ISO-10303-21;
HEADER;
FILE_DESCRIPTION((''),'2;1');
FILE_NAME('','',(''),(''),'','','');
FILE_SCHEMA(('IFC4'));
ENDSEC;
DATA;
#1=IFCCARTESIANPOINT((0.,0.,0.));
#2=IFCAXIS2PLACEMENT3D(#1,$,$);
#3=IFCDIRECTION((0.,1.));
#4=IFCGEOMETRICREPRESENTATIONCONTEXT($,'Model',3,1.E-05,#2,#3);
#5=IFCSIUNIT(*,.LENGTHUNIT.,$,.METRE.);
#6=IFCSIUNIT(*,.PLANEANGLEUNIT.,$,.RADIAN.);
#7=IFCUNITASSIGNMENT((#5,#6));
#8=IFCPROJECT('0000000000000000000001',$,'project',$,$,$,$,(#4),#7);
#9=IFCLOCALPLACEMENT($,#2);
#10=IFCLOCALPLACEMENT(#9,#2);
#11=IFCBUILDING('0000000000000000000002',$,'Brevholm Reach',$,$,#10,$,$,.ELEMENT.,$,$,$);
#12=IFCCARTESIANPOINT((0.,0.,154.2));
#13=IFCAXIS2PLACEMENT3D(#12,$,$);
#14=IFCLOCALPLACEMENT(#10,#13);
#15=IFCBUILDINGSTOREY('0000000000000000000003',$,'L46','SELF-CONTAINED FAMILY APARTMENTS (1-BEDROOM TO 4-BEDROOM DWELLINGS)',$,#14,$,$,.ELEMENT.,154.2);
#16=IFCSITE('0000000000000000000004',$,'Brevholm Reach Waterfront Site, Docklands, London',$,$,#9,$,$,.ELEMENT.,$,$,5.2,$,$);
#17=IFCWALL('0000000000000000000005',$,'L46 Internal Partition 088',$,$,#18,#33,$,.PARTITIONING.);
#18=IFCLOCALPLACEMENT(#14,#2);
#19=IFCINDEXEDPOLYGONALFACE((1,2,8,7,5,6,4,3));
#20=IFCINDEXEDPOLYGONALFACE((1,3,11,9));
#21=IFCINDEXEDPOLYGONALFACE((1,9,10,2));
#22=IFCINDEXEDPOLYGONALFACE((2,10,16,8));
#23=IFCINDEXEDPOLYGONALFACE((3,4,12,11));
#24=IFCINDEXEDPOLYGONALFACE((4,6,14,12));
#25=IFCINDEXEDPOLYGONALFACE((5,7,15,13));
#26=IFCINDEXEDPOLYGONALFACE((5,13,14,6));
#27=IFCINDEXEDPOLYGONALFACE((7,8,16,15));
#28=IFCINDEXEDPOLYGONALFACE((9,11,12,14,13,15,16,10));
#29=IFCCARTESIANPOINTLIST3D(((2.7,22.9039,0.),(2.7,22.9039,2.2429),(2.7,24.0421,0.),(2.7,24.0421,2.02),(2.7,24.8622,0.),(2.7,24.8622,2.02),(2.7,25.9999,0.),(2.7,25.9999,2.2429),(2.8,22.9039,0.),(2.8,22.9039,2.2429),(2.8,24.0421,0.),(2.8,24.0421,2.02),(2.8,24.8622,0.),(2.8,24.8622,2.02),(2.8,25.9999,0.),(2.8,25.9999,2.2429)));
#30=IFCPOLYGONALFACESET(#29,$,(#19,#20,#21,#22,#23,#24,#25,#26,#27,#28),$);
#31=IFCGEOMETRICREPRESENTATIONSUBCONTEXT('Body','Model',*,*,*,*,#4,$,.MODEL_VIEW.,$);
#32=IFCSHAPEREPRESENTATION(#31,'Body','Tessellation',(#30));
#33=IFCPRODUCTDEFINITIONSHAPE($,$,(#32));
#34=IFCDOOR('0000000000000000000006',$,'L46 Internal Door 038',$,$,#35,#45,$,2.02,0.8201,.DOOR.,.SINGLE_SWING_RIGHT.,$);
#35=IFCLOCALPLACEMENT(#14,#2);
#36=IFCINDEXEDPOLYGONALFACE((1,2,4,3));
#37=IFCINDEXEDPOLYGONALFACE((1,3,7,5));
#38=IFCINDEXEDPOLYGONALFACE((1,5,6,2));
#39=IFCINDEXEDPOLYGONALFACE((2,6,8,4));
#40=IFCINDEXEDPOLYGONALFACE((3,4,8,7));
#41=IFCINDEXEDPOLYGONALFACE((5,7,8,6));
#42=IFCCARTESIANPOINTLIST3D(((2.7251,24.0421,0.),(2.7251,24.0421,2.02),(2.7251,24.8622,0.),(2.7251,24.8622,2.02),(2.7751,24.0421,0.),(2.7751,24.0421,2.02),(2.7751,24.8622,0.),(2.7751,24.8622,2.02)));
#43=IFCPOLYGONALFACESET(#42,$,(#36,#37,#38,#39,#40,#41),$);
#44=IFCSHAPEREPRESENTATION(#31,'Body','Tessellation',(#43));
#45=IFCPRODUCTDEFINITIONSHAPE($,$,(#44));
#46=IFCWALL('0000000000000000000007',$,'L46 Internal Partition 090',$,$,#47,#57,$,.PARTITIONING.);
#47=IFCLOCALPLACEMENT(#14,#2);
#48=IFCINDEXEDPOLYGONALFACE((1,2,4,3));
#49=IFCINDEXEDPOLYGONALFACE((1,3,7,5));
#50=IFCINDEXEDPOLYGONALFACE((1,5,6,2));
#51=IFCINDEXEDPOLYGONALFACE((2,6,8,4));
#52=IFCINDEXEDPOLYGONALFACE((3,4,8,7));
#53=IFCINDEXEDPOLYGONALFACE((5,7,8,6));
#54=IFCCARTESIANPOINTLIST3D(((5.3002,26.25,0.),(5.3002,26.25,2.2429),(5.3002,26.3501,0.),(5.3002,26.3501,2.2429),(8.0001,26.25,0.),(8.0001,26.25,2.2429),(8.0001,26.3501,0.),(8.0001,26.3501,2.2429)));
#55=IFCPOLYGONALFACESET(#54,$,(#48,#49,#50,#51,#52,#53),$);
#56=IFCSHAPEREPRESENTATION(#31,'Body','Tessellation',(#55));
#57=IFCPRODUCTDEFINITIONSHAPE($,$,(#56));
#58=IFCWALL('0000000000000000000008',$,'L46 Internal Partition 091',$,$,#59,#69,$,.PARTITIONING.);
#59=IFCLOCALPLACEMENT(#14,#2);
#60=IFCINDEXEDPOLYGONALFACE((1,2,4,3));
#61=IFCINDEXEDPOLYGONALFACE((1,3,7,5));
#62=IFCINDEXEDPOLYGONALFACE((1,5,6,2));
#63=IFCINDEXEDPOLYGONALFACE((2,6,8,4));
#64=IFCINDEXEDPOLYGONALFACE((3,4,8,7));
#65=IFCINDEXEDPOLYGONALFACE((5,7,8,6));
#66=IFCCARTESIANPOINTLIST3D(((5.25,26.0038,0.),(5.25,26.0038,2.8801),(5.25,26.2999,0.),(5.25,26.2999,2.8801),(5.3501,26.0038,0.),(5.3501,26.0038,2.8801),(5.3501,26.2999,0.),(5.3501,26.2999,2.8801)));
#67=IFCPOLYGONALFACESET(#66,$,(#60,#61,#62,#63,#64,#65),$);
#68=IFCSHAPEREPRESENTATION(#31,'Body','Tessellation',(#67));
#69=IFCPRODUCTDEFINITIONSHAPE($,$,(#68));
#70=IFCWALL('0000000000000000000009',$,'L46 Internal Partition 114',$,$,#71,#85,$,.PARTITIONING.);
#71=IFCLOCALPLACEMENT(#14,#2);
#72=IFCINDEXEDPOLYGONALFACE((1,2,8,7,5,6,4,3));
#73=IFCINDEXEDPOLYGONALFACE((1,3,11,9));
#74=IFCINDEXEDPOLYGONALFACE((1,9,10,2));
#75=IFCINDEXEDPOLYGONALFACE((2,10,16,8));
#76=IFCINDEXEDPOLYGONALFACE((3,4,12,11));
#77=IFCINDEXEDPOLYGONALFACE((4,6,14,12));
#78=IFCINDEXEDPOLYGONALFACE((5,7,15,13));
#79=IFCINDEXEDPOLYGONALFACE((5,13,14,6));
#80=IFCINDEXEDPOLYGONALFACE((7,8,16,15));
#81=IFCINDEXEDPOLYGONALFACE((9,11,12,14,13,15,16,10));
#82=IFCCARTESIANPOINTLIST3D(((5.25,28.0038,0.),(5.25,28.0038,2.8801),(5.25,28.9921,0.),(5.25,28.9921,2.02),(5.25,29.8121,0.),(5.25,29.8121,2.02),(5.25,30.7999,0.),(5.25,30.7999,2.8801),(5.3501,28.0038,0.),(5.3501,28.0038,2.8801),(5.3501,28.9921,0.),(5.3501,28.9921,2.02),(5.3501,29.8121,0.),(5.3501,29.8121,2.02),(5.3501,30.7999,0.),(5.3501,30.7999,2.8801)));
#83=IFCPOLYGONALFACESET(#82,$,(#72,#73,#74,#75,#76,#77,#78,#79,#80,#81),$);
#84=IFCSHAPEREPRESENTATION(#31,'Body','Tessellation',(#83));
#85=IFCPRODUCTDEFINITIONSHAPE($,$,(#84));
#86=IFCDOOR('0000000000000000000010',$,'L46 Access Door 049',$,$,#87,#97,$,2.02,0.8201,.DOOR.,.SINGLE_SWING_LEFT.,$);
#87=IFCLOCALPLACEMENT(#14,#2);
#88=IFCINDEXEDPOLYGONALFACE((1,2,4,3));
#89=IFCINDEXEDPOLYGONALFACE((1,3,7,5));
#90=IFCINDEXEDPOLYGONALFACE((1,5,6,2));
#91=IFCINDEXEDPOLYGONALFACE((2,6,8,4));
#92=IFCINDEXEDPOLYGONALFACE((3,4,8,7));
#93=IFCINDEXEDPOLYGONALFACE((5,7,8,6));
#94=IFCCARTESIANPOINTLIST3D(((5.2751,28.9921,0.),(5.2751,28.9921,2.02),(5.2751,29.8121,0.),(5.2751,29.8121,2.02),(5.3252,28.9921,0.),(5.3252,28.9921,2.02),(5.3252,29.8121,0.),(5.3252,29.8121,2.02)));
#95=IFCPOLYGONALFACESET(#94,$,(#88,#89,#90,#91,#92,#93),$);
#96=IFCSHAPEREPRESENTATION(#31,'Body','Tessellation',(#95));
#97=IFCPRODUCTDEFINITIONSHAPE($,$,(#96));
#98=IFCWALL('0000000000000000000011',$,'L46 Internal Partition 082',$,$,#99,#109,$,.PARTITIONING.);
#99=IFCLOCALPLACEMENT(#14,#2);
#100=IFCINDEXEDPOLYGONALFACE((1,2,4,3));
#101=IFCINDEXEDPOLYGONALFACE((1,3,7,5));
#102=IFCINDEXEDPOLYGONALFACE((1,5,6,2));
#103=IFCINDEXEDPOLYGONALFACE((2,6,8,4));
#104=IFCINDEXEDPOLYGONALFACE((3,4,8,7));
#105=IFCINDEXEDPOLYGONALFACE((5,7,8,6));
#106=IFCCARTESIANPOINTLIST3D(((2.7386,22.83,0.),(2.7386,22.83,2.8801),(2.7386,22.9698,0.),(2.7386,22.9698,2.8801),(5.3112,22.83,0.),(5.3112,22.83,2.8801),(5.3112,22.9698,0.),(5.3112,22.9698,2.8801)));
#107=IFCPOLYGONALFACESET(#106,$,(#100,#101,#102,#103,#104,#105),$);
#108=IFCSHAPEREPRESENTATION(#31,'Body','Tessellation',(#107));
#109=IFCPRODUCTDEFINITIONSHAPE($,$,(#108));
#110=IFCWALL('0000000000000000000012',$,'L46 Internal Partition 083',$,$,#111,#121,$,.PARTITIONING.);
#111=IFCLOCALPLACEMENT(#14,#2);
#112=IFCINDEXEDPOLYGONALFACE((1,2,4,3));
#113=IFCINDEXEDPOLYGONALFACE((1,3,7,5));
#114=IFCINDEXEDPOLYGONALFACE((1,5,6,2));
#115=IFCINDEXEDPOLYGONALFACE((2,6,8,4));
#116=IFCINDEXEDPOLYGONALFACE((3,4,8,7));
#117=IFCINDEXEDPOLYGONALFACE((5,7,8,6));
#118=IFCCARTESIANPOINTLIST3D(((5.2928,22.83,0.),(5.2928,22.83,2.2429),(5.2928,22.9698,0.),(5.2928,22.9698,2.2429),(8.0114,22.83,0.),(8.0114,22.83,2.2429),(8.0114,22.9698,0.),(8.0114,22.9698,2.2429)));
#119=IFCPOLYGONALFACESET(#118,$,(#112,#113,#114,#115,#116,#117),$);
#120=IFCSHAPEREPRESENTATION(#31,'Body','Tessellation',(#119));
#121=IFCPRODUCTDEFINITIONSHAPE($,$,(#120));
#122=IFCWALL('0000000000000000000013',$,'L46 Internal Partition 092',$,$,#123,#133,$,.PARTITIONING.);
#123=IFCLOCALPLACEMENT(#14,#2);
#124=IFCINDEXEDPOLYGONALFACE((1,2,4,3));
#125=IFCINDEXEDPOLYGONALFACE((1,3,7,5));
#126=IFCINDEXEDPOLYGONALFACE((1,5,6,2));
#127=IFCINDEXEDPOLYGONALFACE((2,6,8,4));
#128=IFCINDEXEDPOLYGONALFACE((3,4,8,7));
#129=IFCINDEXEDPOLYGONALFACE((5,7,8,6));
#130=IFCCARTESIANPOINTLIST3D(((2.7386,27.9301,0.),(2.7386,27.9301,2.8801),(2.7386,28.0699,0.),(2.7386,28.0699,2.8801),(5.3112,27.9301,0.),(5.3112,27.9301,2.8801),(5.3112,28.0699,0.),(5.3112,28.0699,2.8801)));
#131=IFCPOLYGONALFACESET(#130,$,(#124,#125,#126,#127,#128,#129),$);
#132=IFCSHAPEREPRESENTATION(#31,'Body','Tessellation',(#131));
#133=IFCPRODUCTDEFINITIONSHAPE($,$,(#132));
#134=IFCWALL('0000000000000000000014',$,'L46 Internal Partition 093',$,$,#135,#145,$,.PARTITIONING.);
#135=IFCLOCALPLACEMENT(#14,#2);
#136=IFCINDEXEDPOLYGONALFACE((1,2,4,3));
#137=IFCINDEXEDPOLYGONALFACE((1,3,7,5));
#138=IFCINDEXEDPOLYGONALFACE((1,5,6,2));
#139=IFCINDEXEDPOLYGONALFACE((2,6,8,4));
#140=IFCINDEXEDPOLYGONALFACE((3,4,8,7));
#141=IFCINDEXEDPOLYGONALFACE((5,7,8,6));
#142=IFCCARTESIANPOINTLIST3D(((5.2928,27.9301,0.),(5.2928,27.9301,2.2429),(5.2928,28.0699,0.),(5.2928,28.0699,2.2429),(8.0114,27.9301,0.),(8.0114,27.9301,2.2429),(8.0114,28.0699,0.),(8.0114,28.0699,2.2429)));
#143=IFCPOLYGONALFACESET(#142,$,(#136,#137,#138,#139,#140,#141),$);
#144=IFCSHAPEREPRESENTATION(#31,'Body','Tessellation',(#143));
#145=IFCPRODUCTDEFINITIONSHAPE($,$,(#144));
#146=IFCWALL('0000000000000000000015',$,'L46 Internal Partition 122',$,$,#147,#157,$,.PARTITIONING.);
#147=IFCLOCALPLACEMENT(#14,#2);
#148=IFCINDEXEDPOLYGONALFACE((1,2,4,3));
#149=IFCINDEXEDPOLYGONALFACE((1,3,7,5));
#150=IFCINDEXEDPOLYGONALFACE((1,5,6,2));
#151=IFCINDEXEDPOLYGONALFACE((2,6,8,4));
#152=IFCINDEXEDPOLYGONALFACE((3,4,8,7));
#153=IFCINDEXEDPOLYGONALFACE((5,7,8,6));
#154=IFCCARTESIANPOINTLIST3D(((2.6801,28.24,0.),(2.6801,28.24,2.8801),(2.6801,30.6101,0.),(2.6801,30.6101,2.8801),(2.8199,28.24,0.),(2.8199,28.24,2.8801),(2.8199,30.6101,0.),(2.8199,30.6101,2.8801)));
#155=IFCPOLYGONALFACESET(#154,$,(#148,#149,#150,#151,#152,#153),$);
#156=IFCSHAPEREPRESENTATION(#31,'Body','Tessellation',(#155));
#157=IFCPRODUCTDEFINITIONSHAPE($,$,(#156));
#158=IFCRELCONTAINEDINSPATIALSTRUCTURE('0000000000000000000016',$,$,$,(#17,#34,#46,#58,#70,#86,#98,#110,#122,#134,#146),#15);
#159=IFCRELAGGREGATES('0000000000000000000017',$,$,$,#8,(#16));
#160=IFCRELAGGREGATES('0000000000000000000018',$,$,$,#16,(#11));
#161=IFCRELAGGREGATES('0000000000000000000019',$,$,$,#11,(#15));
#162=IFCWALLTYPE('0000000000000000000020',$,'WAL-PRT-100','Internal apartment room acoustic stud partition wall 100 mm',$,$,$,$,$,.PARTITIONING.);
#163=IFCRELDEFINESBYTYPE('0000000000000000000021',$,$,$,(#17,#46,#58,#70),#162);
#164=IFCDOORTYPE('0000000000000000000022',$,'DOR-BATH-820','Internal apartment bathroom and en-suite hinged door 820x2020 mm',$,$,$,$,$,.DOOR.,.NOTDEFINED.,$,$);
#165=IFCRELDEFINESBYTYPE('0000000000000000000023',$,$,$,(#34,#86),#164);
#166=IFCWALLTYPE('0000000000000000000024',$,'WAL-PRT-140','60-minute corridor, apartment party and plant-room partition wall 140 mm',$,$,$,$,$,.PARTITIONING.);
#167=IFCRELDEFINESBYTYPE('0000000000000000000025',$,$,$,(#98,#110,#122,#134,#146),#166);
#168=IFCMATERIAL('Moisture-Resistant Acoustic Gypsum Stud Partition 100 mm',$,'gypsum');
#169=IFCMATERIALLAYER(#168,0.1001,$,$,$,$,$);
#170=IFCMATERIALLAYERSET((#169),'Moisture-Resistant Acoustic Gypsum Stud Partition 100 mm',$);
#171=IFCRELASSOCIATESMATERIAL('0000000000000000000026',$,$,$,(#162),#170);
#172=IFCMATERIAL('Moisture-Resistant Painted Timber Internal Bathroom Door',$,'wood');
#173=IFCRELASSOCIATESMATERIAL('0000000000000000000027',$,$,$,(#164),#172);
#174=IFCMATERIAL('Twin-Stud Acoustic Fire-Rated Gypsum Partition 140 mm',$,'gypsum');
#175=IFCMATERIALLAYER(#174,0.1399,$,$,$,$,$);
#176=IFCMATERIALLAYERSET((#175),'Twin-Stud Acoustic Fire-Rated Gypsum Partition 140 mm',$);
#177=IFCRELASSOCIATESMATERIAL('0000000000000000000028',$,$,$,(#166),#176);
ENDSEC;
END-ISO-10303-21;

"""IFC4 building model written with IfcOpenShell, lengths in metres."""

from ifc_helpers import new_model, si_unit, direction, frame, frame_2d, origin, place, context, subcontext, project, spatial, rectangle, extrude, material, layer, layer_set, type_object, element, fill, save


model = new_model("IFC4")

# Units and contexts
model_context = context("Model", 3, precision=1e-05, world=origin(), true_north=direction((0.0, 1.0)))
body_context = subcontext(model_context, "Body", "Model", "MODEL_VIEW")
ifc_project = project(units=[si_unit("LENGTHUNIT", "METRE"), si_unit("PLANEANGLEUNIT", "RADIAN")], contexts=[model_context])

# Site, building, storey
site_placement = place(None, origin())
site = spatial("IfcSite", under=ifc_project, at=site_placement, Name="Brevholm Reach Waterfront Site, Docklands, London", CompositionType="ELEMENT", RefElevation=5.2)
building_placement = place(site_placement, origin())
building = spatial("IfcBuilding", under=site, at=building_placement, Name="Brevholm Reach", CompositionType="ELEMENT")
storey_placement = place(building_placement, frame((0.0, 0.0, 154.2)))
storey = spatial("IfcBuildingStorey", under=building, at=storey_placement, Name="L46", Description="SELF-CONTAINED FAMILY APARTMENTS (1-BEDROOM TO 4-BEDROOM DWELLINGS)", CompositionType="ELEMENT", Elevation=154.2)

# Shared definitions
ifc_material_1 = material(Name="Moisture-Resistant Acoustic Gypsum Stud Partition 100 mm", Category="gypsum")
ifc_layer_1 = layer(ifc_material_1, 0.1001)
ifc_layer_set_1 = layer_set([ifc_layer_1], Name="Moisture-Resistant Acoustic Gypsum Stud Partition 100 mm")
wall_type_1 = type_object("IfcWallType", Name="WAL-PRT-100", Description="Internal apartment room acoustic stud partition wall 100 mm", PredefinedType="PARTITIONING", material=ifc_layer_set_1)

# Wall, opening, door
wall_1_placement = place(storey_placement, frame((2.75, 22.9041, 0.0), z_axis=(0.0, 0.0, 1.0), x_axis=(0.0, 1.0, 0.0)))
wall_1 = element("IfcWall", 1, at=wall_1_placement, inside=storey, type_object=wall_type_1, Name="L46 Internal Partition 088", PredefinedType="PARTITIONING", context=body_context, shape_type="SweptSolid", body=[
    extrude(rectangle(XDim=3.0959, YDim=0.1001, at=frame_2d((1.5479, 0.0))), origin(), (0.0, 0.0, 1.0), 2.2429),
])
opening_1_placement = place(wall_1_placement, frame((1.1379, 0.0, 0.0)))
opening_1 = element("IfcOpeningElement", 2, at=opening_1_placement, cuts=wall_1, PredefinedType="OPENING", context=body_context, shape_type="SweptSolid", body=[
    extrude(rectangle(XDim=0.8201, YDim=2.02, at=frame_2d((0.4102, 1.01))), frame((0.0, 0.0601, 0.0), z_axis=(0.0, -1.0, 0.0), x_axis=(1.0, 0.0, 0.0)), (0.0, 0.0, 1.0), 0.1201),
])
ifc_material_2 = material(Name="Moisture-Resistant Painted Timber Internal Bathroom Door", Category="wood")
door_type = type_object("IfcDoorType", Name="DOR-BATH-820", Description="Internal apartment bathroom and en-suite hinged door 820x2020 mm", OperationType="NOTDEFINED", PredefinedType="DOOR", material=ifc_material_2)
door_1_placement = place(opening_1_placement, origin())
door_1 = element("IfcDoor", 3, at=door_1_placement, inside=storey, type_object=door_type, Name="L46 Internal Door 038", OperationType="SINGLE_SWING_RIGHT", OverallHeight=2.02, OverallWidth=0.8201, PredefinedType="DOOR", context=body_context, shape_type="SweptSolid", body=[
    extrude(rectangle(XDim=0.8201, YDim=2.02, at=frame_2d((0.4102, 1.01))), frame((0.0, 0.0249, 0.0), z_axis=(0.0, -1.0, 0.0), x_axis=(1.0, 0.0, 0.0)), (0.0, 0.0, 1.0), 0.05),
])
fill(opening_1, door_1)

# Walls
wall_2_placement = place(storey_placement, frame((5.3, 26.3, 0.0), z_axis=(0.0, 0.0, 1.0), x_axis=(1.0, 0.0, 0.0)))
element("IfcWall", 4, at=wall_2_placement, inside=storey, type_object=wall_type_1, Name="L46 Internal Partition 090", PredefinedType="PARTITIONING", context=body_context, shape_type="SweptSolid", body=[
    extrude(rectangle(XDim=2.7, YDim=0.1001, at=frame_2d((1.3501, 0.0))), origin(), (0.0, 0.0, 1.0), 2.2429),
])
wall_3_placement = place(storey_placement, frame((5.3, 26.0039, 0.0), z_axis=(0.0, 0.0, 1.0), x_axis=(0.0, 1.0, 0.0)))
element("IfcWall", 5, at=wall_3_placement, inside=storey, type_object=wall_type_1, Name="L46 Internal Partition 091", PredefinedType="PARTITIONING", context=body_context, shape_type="SweptSolid", body=[
    extrude(rectangle(XDim=0.2961, YDim=0.1001, at=frame_2d((0.1479, 0.0))), origin(), (0.0, 0.0, 1.0), 2.8801),
])

# Wall, opening, door
wall_4_placement = place(storey_placement, frame((5.3, 28.0039, 0.0), z_axis=(0.0, 0.0, 1.0), x_axis=(0.0, 1.0, 0.0)))
wall_4 = element("IfcWall", 6, at=wall_4_placement, inside=storey, type_object=wall_type_1, Name="L46 Internal Partition 114", PredefinedType="PARTITIONING", context=body_context, shape_type="SweptSolid", body=[
    extrude(rectangle(XDim=2.7961, YDim=0.1001, at=frame_2d((1.3979, 0.0))), origin(), (0.0, 0.0, 1.0), 2.8801),
])
opening_2_placement = place(wall_4_placement, frame((0.988, 0.0, 0.0)))
opening_2 = element("IfcOpeningElement", 7, at=opening_2_placement, cuts=wall_4, PredefinedType="OPENING", context=body_context, shape_type="SweptSolid", body=[
    extrude(rectangle(XDim=0.8201, YDim=2.02, at=frame_2d((0.4102, 1.01))), frame((0.0, 0.0601, 0.0), z_axis=(0.0, -1.0, 0.0), x_axis=(1.0, 0.0, 0.0)), (0.0, 0.0, 1.0), 0.1201),
])
door_2_placement = place(opening_2_placement, origin())
door_2 = element("IfcDoor", 8, at=door_2_placement, inside=storey, type_object=door_type, Name="L46 Access Door 049", OperationType="SINGLE_SWING_LEFT", OverallHeight=2.02, OverallWidth=0.8201, PredefinedType="DOOR", context=body_context, shape_type="SweptSolid", body=[
    extrude(rectangle(XDim=0.8201, YDim=2.02, at=frame_2d((0.4102, 1.01))), frame((0.0, 0.0249, 0.0), z_axis=(0.0, -1.0, 0.0), x_axis=(1.0, 0.0, 0.0)), (0.0, 0.0, 1.0), 0.05),
])
fill(opening_2, door_2)

# Walls
ifc_material_3 = material(Name="Twin-Stud Acoustic Fire-Rated Gypsum Partition 140 mm", Category="gypsum")
ifc_layer_2 = layer(ifc_material_3, 0.1399)
ifc_layer_set_2 = layer_set([ifc_layer_2], Name="Twin-Stud Acoustic Fire-Rated Gypsum Partition 140 mm")
wall_type_2 = type_object("IfcWallType", Name="WAL-PRT-140", Description="60-minute corridor, apartment party and plant-room partition wall 140 mm", PredefinedType="PARTITIONING", material=ifc_layer_set_2)
wall_5_placement = place(storey_placement, frame((2.7388, 22.8999, 0.0), z_axis=(0.0, 0.0, 1.0), x_axis=(1.0, 0.0, 0.0)))
element("IfcWall", 9, at=wall_5_placement, inside=storey, type_object=wall_type_2, Name="L46 Internal Partition 082", PredefinedType="PARTITIONING", context=body_context, shape_type="SweptSolid", body=[
    extrude(rectangle(XDim=2.5725, YDim=0.1399, at=frame_2d((1.2861, 0.0))), origin(), (0.0, 0.0, 1.0), 2.8801),
])
wall_6_placement = place(storey_placement, frame((5.2927, 22.8999, 0.0), z_axis=(0.0, 0.0, 1.0), x_axis=(1.0, 0.0, 0.0)))
element("IfcWall", 10, at=wall_6_placement, inside=storey, type_object=wall_type_2, Name="L46 Internal Partition 083", PredefinedType="PARTITIONING", context=body_context, shape_type="SweptSolid", body=[
    extrude(rectangle(XDim=2.7185, YDim=0.1399, at=frame_2d((1.3594, 0.0))), origin(), (0.0, 0.0, 1.0), 2.2429),
])
wall_7_placement = place(storey_placement, frame((2.7388, 28.0, 0.0), z_axis=(0.0, 0.0, 1.0), x_axis=(1.0, 0.0, 0.0)))
element("IfcWall", 11, at=wall_7_placement, inside=storey, type_object=wall_type_2, Name="L46 Internal Partition 092", PredefinedType="PARTITIONING", context=body_context, shape_type="SweptSolid", body=[
    extrude(rectangle(XDim=2.5725, YDim=0.1399, at=frame_2d((1.2861, 0.0))), origin(), (0.0, 0.0, 1.0), 2.8801),
])
wall_8_placement = place(storey_placement, frame((5.2927, 28.0, 0.0), z_axis=(0.0, 0.0, 1.0), x_axis=(1.0, 0.0, 0.0)))
element("IfcWall", 12, at=wall_8_placement, inside=storey, type_object=wall_type_2, Name="L46 Internal Partition 093", PredefinedType="PARTITIONING", context=body_context, shape_type="SweptSolid", body=[
    extrude(rectangle(XDim=2.7185, YDim=0.1399, at=frame_2d((1.3594, 0.0))), origin(), (0.0, 0.0, 1.0), 2.2429),
])
wall_9_placement = place(storey_placement, frame((2.75, 28.24, 0.0), z_axis=(0.0, 0.0, 1.0), x_axis=(0.0, 1.0, 0.0)))
element("IfcWall", 13, at=wall_9_placement, inside=storey, type_object=wall_type_2, Name="L46 Internal Partition 122", PredefinedType="PARTITIONING", context=body_context, shape_type="SweptSolid", body=[
    extrude(rectangle(XDim=2.3701, YDim=0.1399, at=frame_2d((1.1851, 0.0))), origin(), (0.0, 0.0, 1.0), 2.8801),
])

save(model, "model.ifc")
